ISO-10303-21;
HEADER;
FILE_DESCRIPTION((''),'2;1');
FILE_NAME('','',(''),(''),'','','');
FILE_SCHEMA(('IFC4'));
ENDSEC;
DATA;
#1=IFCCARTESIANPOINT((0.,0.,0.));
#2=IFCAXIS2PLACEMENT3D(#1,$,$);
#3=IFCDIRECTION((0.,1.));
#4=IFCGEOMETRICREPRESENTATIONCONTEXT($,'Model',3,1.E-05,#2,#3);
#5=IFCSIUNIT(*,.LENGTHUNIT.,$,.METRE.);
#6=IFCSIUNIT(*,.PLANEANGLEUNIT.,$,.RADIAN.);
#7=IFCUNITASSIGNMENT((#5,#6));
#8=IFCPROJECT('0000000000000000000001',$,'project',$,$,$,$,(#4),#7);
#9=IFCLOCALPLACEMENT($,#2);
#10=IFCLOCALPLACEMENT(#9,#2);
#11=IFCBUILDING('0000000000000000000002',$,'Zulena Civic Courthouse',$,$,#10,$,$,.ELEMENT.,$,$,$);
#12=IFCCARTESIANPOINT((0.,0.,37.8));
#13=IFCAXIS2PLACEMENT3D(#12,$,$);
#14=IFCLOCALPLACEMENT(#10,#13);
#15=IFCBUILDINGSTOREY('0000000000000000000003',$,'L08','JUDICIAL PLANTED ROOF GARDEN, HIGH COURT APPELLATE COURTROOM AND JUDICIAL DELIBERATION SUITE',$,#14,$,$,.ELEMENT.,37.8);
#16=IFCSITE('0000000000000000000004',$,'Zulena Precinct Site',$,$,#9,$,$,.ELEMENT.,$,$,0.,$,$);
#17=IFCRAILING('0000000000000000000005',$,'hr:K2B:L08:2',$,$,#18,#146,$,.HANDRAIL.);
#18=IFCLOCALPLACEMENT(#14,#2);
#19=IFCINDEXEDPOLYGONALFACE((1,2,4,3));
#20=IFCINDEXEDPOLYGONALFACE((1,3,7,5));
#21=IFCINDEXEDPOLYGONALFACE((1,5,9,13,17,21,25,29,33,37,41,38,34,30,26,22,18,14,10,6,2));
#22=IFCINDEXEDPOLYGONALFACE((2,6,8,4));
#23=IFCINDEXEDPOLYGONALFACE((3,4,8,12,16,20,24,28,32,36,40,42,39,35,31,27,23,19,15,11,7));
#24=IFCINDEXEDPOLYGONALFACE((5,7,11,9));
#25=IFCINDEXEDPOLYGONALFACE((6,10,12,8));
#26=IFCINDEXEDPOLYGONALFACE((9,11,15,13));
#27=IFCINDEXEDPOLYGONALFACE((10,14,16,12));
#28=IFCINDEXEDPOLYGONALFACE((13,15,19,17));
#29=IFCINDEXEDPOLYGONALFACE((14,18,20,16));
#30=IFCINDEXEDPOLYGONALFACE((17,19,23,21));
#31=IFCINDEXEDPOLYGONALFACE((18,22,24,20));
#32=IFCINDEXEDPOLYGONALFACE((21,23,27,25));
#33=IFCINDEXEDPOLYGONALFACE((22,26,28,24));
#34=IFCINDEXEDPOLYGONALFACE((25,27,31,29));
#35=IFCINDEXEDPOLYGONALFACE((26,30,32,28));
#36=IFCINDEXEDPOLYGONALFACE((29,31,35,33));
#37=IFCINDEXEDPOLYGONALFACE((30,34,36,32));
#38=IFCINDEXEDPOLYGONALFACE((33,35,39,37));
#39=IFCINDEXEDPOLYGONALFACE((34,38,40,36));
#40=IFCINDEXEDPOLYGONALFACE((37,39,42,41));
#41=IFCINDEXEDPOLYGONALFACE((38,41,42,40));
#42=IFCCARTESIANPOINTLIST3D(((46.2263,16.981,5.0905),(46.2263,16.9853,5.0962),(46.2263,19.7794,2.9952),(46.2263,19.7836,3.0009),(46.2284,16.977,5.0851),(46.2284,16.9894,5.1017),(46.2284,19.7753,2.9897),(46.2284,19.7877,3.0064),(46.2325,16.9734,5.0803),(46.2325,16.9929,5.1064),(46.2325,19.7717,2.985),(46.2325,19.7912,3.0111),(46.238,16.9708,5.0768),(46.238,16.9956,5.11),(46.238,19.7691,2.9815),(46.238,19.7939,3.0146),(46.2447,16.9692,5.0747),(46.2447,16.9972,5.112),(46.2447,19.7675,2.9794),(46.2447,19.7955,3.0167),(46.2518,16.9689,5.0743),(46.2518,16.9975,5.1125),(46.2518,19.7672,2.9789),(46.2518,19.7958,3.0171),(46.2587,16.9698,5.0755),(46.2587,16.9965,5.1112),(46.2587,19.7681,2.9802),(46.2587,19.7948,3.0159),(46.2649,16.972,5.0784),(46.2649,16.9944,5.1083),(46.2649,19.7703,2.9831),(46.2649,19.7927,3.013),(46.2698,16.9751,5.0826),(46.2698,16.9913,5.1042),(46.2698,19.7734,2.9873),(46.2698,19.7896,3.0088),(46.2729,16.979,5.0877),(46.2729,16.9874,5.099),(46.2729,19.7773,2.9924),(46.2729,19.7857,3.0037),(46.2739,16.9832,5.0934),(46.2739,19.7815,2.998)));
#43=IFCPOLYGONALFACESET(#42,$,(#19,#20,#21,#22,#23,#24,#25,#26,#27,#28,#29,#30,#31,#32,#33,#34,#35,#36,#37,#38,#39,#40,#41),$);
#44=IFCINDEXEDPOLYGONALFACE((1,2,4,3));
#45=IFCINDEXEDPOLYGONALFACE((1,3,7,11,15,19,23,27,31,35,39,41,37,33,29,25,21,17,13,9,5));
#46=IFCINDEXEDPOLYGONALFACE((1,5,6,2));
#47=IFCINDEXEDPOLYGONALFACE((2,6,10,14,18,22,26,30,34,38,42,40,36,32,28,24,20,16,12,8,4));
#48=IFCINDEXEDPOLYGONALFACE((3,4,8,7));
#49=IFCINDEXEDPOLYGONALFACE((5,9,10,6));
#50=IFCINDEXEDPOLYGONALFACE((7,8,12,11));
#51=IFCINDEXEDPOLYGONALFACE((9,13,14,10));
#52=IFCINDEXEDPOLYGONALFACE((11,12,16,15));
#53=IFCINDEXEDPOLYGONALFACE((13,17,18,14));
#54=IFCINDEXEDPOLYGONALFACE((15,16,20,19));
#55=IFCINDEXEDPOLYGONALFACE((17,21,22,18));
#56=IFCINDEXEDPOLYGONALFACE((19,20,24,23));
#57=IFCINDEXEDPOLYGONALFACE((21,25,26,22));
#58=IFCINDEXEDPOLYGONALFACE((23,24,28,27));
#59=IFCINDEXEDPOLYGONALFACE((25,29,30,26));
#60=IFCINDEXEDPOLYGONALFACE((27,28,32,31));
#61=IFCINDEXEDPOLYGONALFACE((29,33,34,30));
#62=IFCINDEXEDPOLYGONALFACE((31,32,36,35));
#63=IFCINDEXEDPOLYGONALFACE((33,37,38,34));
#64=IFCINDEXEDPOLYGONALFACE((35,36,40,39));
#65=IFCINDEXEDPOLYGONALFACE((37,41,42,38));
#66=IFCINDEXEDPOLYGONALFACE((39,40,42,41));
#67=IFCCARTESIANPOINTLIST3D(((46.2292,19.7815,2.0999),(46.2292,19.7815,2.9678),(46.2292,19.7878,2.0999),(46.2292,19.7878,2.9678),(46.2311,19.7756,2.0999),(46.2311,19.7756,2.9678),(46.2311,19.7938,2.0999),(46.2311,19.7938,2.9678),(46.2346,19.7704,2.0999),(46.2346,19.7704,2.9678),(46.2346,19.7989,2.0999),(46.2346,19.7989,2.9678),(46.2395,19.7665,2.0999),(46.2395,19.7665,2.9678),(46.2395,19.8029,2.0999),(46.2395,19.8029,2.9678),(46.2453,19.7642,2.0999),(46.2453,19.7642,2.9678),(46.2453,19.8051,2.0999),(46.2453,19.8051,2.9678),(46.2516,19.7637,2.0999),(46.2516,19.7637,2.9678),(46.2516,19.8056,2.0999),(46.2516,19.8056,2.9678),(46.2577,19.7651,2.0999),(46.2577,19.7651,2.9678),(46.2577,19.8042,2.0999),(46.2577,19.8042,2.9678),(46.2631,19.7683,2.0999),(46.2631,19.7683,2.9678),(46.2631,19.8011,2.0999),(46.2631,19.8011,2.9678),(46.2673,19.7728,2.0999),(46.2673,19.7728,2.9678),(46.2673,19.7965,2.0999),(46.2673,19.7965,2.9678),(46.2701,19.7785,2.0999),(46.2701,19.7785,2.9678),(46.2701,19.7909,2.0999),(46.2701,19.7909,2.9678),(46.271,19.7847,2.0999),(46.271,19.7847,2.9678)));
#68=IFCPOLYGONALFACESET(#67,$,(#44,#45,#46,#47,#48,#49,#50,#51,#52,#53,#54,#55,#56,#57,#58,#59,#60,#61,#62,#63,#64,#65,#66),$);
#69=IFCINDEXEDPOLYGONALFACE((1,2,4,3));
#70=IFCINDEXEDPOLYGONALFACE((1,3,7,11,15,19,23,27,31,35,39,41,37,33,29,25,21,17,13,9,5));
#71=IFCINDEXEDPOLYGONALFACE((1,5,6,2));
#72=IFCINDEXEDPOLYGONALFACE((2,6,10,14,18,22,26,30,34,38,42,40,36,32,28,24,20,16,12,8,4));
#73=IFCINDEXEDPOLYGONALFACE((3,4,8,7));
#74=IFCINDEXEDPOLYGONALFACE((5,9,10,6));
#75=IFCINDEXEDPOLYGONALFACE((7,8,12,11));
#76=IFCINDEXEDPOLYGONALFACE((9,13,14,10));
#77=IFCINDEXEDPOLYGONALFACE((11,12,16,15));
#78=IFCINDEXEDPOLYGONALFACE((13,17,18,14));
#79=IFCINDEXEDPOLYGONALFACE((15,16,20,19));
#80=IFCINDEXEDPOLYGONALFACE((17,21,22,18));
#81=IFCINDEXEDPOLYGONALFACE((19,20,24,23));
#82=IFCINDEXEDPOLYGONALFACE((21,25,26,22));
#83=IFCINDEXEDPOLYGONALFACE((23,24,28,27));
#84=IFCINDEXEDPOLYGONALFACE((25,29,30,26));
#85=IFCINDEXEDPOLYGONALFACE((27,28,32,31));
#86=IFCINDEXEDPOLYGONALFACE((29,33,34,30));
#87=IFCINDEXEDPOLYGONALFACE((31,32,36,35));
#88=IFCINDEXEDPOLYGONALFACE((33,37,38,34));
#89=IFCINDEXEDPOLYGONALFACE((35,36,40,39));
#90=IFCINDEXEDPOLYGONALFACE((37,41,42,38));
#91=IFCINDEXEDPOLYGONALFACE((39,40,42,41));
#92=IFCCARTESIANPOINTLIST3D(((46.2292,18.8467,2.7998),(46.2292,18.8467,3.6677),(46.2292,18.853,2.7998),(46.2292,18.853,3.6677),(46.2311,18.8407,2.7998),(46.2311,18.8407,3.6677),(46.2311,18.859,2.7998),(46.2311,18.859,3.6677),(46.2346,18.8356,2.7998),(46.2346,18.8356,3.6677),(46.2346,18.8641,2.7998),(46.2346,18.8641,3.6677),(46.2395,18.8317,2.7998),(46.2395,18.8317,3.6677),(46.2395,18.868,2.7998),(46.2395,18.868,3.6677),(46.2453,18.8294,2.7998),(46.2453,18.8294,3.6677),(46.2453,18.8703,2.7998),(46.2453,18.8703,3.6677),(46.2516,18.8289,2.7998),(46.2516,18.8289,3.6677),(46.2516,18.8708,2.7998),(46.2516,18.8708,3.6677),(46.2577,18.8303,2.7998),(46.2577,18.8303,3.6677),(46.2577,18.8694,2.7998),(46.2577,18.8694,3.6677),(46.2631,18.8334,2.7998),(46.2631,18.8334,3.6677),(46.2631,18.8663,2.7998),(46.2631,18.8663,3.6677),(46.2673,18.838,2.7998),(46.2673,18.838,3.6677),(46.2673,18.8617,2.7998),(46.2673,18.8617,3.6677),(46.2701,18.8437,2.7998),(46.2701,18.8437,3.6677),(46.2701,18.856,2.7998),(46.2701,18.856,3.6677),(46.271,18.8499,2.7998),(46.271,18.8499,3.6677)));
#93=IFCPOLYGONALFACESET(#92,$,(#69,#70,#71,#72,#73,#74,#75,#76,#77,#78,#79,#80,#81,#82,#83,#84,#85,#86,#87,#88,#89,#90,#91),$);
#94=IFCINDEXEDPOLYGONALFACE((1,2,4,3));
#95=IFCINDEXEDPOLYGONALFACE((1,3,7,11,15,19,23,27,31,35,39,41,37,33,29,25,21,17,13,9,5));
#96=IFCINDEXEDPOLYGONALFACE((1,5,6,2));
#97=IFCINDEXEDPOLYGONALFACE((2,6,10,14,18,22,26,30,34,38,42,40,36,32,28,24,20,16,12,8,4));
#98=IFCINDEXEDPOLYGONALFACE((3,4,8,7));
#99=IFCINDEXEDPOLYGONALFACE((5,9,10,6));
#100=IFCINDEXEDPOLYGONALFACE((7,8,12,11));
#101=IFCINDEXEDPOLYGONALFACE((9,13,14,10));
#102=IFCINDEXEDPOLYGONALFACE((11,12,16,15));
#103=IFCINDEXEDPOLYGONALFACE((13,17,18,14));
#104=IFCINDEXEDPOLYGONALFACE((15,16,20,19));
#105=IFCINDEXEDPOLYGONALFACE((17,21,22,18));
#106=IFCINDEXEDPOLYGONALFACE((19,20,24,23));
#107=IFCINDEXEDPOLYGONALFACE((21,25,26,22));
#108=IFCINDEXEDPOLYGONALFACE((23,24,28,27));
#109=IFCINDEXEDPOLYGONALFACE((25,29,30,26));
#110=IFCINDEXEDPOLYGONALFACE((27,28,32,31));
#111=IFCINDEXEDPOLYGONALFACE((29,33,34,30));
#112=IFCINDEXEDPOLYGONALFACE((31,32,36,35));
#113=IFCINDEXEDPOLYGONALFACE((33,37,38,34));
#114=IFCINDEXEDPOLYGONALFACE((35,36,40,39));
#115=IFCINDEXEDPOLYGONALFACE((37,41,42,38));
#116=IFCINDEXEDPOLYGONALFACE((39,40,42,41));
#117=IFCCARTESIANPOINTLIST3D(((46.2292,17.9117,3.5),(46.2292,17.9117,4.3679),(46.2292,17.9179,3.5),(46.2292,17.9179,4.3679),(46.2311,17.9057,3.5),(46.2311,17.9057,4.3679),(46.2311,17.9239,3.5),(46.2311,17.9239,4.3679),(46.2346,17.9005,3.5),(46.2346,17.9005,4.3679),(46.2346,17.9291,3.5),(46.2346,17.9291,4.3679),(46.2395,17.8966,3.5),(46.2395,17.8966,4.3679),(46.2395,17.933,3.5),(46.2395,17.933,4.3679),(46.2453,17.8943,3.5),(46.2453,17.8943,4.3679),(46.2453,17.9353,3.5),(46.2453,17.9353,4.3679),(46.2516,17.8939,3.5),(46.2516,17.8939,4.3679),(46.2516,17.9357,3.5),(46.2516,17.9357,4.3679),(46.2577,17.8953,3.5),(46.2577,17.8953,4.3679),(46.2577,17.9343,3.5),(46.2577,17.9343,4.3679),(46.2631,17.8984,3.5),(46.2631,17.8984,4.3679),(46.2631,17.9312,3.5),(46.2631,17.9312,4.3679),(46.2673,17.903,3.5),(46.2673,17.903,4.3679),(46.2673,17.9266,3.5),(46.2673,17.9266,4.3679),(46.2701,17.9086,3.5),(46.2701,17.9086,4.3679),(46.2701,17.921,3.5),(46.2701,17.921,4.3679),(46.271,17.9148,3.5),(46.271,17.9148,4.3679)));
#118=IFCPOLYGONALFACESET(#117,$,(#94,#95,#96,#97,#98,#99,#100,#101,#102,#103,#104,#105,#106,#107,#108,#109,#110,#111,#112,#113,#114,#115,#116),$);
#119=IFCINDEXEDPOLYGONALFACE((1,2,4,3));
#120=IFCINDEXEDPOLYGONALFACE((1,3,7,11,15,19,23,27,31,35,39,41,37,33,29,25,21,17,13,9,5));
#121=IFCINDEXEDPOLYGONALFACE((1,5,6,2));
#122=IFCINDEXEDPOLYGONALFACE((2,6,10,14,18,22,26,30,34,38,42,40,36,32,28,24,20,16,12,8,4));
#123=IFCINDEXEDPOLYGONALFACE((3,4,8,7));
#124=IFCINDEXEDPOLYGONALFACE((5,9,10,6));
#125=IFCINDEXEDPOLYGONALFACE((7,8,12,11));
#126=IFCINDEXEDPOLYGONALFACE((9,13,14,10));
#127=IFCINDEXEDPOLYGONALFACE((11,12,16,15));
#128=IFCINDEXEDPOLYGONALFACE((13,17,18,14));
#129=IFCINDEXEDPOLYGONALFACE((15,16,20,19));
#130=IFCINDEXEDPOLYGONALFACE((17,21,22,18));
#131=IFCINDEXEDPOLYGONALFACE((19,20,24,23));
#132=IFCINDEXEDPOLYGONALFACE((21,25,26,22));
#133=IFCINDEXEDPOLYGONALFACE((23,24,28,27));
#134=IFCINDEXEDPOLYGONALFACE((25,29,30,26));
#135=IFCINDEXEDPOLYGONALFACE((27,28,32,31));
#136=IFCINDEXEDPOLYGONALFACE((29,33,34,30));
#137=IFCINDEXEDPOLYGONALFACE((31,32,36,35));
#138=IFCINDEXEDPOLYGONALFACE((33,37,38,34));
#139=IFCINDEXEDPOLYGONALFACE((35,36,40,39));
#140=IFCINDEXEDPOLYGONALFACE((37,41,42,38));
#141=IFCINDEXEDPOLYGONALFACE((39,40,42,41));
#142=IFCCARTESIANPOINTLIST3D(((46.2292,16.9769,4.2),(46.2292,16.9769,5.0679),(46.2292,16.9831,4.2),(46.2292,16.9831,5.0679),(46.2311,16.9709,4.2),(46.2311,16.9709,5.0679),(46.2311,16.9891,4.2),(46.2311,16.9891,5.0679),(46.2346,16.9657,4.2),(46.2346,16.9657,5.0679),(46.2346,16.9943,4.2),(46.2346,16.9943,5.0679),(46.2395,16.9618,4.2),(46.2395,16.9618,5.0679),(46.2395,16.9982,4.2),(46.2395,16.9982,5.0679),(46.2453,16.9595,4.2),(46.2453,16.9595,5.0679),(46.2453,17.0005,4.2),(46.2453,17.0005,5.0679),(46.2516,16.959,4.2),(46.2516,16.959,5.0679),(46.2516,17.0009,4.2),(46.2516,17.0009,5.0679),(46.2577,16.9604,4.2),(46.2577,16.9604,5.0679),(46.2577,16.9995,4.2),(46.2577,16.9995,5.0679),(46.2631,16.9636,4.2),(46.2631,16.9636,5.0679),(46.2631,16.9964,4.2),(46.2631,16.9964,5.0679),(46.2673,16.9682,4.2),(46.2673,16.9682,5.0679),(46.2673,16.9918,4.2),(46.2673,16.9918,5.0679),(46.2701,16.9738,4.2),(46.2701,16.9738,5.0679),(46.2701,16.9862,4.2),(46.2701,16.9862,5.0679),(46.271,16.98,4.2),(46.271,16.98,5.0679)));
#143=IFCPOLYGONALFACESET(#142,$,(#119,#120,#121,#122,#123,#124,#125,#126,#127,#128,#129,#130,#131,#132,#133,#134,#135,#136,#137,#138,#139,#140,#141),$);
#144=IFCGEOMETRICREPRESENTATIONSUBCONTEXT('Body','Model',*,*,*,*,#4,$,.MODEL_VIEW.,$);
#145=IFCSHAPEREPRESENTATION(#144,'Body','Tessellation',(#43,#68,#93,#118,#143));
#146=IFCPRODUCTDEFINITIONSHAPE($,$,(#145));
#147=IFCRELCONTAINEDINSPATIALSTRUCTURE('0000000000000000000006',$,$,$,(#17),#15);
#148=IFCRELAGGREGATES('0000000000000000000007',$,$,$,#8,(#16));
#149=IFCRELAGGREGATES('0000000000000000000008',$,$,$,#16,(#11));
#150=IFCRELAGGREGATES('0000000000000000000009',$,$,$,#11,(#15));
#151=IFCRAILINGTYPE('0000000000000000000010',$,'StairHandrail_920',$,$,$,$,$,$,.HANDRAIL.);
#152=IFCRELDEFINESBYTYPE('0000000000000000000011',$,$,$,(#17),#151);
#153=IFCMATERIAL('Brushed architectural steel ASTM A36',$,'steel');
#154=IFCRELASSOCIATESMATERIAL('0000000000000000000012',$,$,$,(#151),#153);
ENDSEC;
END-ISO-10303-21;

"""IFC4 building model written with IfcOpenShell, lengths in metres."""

from ifc_helpers import new_model, si_unit, direction, frame, origin, origin_2d, place, context, subcontext, project, spatial, circle, extrude, material, type_object, element, save


model = new_model("IFC4")

# Units and contexts
model_context = context("Model", 3, precision=1e-05, world=origin(), true_north=direction((0.0, 1.0)))
body_context = subcontext(model_context, "Body", "Model", "MODEL_VIEW")
ifc_project = project(units=[si_unit("LENGTHUNIT", "METRE"), si_unit("PLANEANGLEUNIT", "RADIAN")], contexts=[model_context])

# Site, building, storey
site_placement = place(None, origin())
site = spatial("IfcSite", under=ifc_project, at=site_placement, Name="Zulena Precinct Site", CompositionType="ELEMENT", RefElevation=0.0)
building_placement = place(site_placement, origin())
building = spatial("IfcBuilding", under=site, at=building_placement, Name="Zulena Civic Courthouse", CompositionType="ELEMENT")
storey_placement = place(building_placement, frame((0.0, 0.0, 37.8)))
storey = spatial("IfcBuildingStorey", under=building, at=storey_placement, Name="L08", Description="JUDICIAL PLANTED ROOF GARDEN, HIGH COURT APPELLATE COURTROOM AND JUDICIAL DELIBERATION SUITE", CompositionType="ELEMENT", Elevation=37.8)

# Railing
ifc_material_1 = material(Name="Brushed architectural steel ASTM A36", Category="steel")
railing_type_1 = type_object("IfcRailingType", Name="StairHandrail_920", PredefinedType="HANDRAIL", material=ifc_material_1)
railing_1_placement = place(storey_placement, frame((46.25, 19.7847, 2.0999)))
element("IfcRailing", 1, at=railing_1_placement, inside=storey, type_object=railing_type_1, Name="hr:K2B:L08:2", PredefinedType="HANDRAIL", context=body_context, shape_type="SweptSolid", body=[
    extrude(circle(Radius=0.0239, at=origin_2d()), frame((0.0, -0.0032, 0.8982), z_axis=(0.0, -0.800468, 0.599375), x_axis=(1.0, 0.0, 0.0)), (0.0, 0.0, 1.0), 3.4958),
    extrude(circle(Radius=0.021, at=origin_2d()), origin(), (0.0, 0.0, 1.0), 0.8679),
    extrude(circle(Radius=0.021, at=origin_2d()), frame((0.0, -0.9348, 0.7)), (0.0, 0.0, 1.0), 0.8679),
    extrude(circle(Radius=0.021, at=origin_2d()), frame((0.0, -1.8699, 1.4001)), (0.0, 0.0, 1.0), 0.8679),
    extrude(circle(Radius=0.021, at=origin_2d()), frame((0.0, -2.8047, 2.1001)), (0.0, 0.0, 1.0), 0.8679),
])

save(model, "model.ifc")
